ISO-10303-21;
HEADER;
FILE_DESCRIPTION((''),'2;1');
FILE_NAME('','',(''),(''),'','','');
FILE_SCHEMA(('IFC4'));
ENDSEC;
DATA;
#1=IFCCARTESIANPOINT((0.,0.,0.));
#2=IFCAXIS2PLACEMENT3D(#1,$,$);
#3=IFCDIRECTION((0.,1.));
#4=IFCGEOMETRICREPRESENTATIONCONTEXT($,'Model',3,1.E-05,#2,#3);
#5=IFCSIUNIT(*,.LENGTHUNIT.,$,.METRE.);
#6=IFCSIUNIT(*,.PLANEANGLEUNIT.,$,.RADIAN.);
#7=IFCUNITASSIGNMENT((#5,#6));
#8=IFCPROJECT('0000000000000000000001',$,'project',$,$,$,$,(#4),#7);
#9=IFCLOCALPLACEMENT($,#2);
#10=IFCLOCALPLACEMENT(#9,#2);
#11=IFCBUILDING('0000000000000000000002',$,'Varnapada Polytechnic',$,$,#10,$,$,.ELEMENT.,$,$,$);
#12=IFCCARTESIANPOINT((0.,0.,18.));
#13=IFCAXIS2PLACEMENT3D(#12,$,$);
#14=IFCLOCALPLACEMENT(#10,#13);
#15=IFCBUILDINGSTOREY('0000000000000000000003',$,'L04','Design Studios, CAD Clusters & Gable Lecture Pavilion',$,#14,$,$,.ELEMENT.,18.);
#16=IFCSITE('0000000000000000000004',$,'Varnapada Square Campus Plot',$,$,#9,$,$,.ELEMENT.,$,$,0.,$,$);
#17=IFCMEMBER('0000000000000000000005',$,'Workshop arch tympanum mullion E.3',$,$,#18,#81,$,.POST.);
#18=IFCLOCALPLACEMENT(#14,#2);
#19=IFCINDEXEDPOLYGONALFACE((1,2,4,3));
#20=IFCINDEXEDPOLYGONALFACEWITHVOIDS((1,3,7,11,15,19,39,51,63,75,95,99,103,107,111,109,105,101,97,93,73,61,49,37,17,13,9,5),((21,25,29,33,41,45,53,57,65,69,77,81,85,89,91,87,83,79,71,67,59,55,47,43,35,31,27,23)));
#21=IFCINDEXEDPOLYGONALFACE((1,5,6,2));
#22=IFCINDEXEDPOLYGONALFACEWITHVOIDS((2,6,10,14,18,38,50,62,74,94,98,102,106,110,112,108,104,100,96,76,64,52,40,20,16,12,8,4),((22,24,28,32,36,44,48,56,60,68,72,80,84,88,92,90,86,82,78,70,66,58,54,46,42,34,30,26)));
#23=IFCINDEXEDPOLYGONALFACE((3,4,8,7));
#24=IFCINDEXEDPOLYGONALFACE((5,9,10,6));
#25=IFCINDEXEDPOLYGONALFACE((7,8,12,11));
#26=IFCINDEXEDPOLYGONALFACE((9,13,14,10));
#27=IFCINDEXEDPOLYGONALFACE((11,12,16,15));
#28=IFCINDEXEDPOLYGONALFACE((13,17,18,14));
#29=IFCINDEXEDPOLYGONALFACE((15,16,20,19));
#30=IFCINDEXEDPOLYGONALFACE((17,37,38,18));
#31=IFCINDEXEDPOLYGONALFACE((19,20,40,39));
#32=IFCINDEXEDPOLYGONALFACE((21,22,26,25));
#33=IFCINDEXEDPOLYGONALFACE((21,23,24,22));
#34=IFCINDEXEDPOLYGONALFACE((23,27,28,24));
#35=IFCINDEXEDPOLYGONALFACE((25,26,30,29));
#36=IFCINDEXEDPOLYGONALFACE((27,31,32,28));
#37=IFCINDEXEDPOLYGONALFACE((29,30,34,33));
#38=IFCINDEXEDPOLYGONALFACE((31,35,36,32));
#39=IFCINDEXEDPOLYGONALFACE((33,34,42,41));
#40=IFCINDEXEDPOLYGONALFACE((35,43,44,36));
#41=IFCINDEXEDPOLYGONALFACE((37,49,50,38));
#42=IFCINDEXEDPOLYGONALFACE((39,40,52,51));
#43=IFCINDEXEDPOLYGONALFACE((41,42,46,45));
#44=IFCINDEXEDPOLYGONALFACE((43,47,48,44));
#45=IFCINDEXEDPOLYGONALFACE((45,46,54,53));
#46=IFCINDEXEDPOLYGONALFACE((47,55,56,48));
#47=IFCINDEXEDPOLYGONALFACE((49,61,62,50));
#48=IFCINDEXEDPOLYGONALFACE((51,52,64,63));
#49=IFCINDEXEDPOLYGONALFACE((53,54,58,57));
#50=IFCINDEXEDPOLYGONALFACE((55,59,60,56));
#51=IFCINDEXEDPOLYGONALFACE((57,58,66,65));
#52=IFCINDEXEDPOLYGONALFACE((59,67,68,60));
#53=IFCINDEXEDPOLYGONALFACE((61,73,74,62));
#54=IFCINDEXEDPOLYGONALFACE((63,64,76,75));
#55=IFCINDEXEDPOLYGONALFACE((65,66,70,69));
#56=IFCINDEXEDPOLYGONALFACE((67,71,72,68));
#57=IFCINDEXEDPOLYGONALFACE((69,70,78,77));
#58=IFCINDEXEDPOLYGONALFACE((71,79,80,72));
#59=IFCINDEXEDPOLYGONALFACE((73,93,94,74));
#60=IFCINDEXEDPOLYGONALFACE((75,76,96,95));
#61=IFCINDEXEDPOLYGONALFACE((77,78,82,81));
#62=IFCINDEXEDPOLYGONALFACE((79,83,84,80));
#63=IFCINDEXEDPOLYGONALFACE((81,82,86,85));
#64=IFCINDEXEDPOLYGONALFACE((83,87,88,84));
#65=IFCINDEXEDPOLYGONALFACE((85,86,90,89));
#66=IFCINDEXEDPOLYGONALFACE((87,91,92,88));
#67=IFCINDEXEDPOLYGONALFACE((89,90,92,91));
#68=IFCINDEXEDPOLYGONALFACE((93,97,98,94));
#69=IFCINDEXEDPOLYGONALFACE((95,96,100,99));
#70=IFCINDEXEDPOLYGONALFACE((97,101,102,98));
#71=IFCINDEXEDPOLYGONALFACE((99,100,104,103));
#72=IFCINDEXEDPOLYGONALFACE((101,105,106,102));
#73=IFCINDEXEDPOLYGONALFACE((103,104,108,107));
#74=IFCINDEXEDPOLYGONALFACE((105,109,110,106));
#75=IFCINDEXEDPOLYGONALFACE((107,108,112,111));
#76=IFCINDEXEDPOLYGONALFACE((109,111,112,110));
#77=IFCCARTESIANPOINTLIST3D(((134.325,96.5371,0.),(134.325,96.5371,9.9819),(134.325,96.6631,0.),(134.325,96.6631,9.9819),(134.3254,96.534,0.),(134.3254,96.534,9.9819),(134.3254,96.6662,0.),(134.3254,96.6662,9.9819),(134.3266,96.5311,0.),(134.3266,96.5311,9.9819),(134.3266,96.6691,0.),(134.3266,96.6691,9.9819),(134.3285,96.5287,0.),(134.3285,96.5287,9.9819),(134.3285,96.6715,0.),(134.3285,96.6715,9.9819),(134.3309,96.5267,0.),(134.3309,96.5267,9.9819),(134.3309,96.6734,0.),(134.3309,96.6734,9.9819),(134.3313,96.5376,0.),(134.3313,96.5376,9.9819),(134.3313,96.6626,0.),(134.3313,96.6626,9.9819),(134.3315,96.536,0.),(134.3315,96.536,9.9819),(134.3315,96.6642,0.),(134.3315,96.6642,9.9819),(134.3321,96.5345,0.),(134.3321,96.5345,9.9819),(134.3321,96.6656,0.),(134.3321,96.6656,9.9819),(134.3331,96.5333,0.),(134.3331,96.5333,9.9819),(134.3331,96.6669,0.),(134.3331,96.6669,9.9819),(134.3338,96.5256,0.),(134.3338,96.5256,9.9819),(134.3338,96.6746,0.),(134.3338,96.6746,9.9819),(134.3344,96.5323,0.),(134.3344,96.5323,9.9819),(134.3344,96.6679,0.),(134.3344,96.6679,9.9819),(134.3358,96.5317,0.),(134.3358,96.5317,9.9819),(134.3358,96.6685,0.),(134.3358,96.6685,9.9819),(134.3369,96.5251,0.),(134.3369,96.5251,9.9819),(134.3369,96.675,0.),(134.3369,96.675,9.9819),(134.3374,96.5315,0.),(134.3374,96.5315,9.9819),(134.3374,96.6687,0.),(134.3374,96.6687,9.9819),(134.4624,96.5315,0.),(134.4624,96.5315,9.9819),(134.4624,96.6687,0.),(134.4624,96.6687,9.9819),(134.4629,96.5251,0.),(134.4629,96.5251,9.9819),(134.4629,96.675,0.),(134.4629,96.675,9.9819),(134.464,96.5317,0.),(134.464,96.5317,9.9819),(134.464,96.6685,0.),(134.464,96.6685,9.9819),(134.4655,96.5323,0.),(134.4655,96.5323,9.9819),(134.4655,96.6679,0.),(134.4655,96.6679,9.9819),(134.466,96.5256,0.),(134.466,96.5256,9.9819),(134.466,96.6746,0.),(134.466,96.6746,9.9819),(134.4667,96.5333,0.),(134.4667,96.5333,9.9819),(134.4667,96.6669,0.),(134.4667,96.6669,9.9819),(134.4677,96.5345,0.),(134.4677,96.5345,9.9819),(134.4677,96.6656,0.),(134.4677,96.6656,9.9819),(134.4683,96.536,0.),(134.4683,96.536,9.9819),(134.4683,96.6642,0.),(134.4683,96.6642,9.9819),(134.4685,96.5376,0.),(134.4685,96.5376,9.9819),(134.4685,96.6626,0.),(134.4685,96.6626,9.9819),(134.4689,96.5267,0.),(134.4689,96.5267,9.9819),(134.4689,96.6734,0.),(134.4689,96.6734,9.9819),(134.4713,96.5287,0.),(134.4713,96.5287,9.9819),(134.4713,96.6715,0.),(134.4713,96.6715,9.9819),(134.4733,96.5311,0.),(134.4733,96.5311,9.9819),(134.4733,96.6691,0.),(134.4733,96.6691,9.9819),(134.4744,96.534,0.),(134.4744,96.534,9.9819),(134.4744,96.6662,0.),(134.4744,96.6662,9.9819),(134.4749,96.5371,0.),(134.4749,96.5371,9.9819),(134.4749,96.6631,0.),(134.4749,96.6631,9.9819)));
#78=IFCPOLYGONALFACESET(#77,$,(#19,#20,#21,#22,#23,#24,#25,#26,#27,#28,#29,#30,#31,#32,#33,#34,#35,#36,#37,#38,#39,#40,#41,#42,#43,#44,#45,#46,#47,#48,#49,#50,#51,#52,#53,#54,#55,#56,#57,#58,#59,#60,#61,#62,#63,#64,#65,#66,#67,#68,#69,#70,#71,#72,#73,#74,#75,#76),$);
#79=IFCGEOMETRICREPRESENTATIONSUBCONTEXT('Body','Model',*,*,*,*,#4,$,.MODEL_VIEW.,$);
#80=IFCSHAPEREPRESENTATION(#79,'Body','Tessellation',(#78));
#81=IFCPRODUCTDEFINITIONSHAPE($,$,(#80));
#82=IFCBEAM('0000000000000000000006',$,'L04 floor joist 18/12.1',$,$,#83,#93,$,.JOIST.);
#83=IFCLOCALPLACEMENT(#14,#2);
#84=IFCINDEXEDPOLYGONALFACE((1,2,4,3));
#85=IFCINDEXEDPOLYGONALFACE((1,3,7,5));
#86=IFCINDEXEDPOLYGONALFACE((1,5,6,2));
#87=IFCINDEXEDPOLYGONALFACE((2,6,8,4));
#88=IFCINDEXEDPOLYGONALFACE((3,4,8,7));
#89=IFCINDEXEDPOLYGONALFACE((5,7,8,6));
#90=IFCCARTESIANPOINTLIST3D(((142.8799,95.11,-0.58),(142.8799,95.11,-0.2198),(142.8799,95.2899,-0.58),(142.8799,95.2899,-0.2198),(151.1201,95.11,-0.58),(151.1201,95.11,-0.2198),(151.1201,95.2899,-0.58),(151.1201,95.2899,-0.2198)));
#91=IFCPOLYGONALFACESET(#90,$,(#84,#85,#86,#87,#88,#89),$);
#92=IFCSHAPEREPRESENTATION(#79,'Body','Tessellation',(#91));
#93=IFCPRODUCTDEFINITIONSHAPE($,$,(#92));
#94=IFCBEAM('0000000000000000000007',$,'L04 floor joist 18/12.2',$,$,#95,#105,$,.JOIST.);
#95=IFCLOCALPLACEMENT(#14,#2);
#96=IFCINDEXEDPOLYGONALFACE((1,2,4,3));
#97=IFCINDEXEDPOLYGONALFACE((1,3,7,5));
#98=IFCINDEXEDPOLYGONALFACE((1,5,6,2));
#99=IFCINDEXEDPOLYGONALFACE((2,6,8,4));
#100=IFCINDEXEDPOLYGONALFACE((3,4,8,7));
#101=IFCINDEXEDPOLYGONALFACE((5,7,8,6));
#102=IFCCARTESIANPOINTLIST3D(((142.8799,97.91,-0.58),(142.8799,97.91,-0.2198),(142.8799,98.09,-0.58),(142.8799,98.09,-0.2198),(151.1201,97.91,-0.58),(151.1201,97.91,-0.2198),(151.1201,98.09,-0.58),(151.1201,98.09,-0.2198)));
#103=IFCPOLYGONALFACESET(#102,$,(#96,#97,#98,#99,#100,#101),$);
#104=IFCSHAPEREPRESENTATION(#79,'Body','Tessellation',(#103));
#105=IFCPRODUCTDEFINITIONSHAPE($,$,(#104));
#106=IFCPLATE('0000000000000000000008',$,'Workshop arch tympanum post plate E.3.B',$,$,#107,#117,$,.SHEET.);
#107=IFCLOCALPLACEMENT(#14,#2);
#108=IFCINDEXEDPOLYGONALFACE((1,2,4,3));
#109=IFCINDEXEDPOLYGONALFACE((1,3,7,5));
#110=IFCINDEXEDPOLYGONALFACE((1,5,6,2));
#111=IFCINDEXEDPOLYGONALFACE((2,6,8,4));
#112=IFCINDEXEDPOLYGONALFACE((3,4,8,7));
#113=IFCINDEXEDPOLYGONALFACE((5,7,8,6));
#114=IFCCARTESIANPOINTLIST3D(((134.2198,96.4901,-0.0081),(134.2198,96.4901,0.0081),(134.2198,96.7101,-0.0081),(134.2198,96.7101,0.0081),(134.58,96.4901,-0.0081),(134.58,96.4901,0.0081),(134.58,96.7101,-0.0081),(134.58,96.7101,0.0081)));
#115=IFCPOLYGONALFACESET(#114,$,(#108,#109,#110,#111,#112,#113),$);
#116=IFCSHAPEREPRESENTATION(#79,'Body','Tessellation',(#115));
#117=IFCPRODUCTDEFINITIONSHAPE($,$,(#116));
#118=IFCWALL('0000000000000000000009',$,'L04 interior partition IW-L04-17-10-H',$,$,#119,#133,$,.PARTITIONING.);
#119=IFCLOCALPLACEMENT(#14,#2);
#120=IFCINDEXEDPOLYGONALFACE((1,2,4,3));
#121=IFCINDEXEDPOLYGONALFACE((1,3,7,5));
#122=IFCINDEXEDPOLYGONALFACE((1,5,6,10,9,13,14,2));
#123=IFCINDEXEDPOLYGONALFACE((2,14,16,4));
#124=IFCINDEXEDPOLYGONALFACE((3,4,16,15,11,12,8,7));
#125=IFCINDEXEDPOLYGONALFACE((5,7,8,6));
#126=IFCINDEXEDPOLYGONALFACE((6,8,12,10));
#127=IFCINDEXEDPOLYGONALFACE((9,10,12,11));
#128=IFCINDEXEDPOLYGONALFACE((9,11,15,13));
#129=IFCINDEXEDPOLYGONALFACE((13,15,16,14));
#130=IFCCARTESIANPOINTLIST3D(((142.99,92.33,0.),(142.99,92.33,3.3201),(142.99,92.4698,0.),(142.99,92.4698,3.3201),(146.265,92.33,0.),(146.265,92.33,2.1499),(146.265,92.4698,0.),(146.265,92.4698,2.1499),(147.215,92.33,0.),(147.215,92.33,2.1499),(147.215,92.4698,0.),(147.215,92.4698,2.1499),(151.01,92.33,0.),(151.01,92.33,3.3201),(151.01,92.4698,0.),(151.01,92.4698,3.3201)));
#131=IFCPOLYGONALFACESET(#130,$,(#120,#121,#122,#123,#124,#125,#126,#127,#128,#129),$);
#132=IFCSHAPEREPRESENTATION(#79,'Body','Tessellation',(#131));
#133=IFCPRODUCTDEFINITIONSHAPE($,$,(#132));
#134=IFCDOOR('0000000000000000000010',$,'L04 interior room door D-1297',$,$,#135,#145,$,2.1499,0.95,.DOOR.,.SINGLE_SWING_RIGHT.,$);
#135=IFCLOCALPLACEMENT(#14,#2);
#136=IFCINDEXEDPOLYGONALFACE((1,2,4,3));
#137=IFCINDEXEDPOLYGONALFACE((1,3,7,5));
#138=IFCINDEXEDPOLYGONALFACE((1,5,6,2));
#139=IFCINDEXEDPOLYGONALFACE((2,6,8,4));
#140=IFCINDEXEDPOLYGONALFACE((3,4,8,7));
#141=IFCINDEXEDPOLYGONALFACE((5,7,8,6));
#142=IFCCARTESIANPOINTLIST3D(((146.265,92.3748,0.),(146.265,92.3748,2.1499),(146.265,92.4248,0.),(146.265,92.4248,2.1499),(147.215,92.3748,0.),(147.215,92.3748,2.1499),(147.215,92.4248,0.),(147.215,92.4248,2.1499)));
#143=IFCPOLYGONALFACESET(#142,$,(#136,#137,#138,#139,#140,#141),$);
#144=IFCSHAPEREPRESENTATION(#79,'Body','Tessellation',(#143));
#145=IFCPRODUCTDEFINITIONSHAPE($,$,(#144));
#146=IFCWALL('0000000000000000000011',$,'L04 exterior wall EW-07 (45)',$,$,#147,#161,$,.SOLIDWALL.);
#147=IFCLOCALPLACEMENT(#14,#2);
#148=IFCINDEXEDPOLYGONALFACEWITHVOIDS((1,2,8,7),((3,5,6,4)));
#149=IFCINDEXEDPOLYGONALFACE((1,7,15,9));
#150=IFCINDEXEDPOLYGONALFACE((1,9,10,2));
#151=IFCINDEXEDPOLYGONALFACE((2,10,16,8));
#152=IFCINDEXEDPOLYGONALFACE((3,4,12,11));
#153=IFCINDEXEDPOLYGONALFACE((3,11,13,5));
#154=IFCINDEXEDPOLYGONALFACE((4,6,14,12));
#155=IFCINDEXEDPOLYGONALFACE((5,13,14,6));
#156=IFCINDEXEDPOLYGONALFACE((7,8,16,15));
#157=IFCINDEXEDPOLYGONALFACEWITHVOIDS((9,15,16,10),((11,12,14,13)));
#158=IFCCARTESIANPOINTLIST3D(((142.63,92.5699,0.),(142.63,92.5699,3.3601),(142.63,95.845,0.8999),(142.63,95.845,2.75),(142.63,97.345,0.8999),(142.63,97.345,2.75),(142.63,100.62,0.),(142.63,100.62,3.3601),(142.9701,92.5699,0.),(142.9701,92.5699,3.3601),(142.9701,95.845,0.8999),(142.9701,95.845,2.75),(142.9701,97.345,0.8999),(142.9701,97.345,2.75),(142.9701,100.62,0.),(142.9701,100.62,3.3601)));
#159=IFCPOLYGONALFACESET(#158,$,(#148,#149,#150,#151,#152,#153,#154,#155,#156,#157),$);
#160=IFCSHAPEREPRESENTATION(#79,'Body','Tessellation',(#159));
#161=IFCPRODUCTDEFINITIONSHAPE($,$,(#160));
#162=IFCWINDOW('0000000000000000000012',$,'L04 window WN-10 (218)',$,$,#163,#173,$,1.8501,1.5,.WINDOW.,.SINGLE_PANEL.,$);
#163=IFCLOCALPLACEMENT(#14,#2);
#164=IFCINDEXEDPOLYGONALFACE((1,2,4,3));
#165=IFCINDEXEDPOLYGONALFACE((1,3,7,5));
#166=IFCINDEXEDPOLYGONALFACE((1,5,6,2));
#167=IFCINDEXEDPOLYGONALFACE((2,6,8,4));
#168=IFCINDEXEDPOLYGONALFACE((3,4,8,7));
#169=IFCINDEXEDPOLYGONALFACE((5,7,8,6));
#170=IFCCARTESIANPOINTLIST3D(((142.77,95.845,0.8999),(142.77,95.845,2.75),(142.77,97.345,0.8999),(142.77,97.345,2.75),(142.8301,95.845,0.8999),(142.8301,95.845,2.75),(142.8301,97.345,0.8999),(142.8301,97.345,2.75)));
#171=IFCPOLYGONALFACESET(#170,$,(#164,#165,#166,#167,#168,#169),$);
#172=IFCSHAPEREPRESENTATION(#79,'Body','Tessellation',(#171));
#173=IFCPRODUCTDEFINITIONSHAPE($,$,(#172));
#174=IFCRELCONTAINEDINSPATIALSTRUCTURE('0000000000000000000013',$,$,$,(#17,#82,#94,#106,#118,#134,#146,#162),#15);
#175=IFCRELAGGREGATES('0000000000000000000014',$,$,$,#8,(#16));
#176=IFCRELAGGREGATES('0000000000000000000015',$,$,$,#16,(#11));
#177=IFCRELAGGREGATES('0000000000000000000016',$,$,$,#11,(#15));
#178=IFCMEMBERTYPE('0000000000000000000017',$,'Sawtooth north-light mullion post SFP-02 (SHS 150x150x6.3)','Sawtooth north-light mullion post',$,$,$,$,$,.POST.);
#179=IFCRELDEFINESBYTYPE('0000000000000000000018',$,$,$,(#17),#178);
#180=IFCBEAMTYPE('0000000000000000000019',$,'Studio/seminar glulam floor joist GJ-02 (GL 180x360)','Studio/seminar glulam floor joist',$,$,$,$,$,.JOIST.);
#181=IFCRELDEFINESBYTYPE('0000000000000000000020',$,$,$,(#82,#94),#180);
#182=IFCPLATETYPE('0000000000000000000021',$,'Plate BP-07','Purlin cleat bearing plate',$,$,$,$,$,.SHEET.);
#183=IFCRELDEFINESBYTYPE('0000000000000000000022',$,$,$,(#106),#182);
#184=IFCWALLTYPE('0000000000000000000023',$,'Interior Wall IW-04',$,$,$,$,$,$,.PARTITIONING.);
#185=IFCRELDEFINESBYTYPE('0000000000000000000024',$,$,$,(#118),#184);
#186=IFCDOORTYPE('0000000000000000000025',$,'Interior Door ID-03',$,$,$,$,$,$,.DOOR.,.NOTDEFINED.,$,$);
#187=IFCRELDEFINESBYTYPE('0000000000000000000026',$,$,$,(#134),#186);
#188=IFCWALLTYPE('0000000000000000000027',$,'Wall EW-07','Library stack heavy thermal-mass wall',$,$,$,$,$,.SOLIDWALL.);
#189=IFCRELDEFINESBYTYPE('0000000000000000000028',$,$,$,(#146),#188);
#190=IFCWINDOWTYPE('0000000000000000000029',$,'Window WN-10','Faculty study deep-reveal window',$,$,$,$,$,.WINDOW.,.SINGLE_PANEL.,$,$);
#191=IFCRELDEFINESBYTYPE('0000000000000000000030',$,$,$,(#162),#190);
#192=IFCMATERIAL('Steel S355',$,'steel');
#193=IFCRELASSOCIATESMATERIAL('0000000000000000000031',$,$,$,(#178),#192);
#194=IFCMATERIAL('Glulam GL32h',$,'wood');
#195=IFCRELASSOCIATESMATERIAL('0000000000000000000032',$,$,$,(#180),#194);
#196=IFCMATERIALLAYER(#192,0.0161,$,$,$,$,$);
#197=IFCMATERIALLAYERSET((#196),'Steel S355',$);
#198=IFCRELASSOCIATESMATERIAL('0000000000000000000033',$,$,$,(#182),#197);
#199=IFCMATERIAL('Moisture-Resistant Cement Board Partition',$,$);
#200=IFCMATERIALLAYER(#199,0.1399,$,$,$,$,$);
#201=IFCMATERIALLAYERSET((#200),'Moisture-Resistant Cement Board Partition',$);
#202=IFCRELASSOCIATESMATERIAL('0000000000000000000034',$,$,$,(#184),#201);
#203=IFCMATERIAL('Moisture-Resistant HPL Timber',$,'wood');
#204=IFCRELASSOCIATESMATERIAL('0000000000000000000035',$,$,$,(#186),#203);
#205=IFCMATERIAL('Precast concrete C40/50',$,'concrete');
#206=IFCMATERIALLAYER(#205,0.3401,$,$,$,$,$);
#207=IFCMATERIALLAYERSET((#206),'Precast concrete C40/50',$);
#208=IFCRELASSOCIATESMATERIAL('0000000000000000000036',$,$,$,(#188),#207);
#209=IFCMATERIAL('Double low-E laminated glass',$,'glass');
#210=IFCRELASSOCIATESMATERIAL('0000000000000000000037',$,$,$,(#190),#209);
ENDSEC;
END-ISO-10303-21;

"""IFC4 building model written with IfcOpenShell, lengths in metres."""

from ifc_helpers import new_model, si_unit, direction, frame, frame_2d, origin, origin_2d, place, context, subcontext, project, spatial, rectangle, hollow_rectangle, extrude, material, layer, layer_set, material_profile, profile_set, type_object, element, fill, save


model = new_model("IFC4")

# Units and contexts
model_context = context("Model", 3, precision=1e-05, world=origin(), true_north=direction((0.0, 1.0)))
body_context = subcontext(model_context, "Body", "Model", "MODEL_VIEW")
ifc_project = project(units=[si_unit("LENGTHUNIT", "METRE"), si_unit("PLANEANGLEUNIT", "RADIAN")], contexts=[model_context])

# Site, building, storey
site_placement = place(None, origin())
site = spatial("IfcSite", under=ifc_project, at=site_placement, Name="Varnapada Square Campus Plot", CompositionType="ELEMENT", RefElevation=0.0)
building_placement = place(site_placement, origin())
building = spatial("IfcBuilding", under=site, at=building_placement, Name="Varnapada Polytechnic", CompositionType="ELEMENT")
storey_placement = place(building_placement, frame((0.0, 0.0, 18.0)))
storey = spatial("IfcBuildingStorey", under=building, at=storey_placement, Name="L04", Description="Design Studios, CAD Clusters & Gable Lecture Pavilion", CompositionType="ELEMENT", Elevation=18.0)

# Member
ifc_material_1 = material(Name="Steel S355", Category="steel")
ifc_material_profile_1 = material_profile(ifc_material_1, hollow_rectangle(XDim=0.1499, YDim=0.1499, WallThickness=0.0063, InnerFilletRadius=0.0061, OuterFilletRadius=0.012, at=origin_2d()), Name="SHS 150x150x6.3")
ifc_profile_set_1 = profile_set([ifc_material_profile_1], Name="Steel S355")
member_type = type_object("IfcMemberType", Name="Sawtooth north-light mullion post SFP-02 (SHS 150x150x6.3)", Description="Sawtooth north-light mullion post", PredefinedType="POST", material=ifc_profile_set_1)
member_placement = place(storey_placement, frame((134.3999, 96.6001, 0.0), z_axis=(0.0, 0.0, 1.0), x_axis=(1.0, 0.0, 0.0)))
element("IfcMember", 1, at=member_placement, inside=storey, type_object=member_type, Name="Workshop arch tympanum mullion E.3", PredefinedType="POST", context=body_context, shape_type="SweptSolid", body=[
    extrude(hollow_rectangle(XDim=0.1499, YDim=0.1499, WallThickness=0.0063, InnerFilletRadius=0.0061, OuterFilletRadius=0.012, at=origin_2d()), origin(), (0.0, 0.0, 1.0), 9.9819),
])

# Beams
ifc_material_2 = material(Name="Glulam GL32h", Category="wood")
ifc_material_profile_2 = material_profile(ifc_material_2, rectangle(XDim=0.1799, YDim=0.3601, at=origin_2d()), Name="GL 180x360")
ifc_profile_set_2 = profile_set([ifc_material_profile_2], Name="Glulam GL32h")
beam_type = type_object("IfcBeamType", Name="Studio/seminar glulam floor joist GJ-02 (GL 180x360)", Description="Studio/seminar glulam floor joist", PredefinedType="JOIST", material=ifc_profile_set_2)
for number, where, z_axis, x_axis, name in (
    (2, (142.8799, 95.2, -0.3999), (1.0, 0.0, 0.0), (0.0, 1.0, 0.0), "L04 floor joist 18/12.1"),
    (3, (142.8799, 98.0, -0.3999), (1.0, 0.0, 0.0), (0.0, 1.0, 0.0), "L04 floor joist 18/12.2"),
):
    element("IfcBeam", number, at=place(storey_placement, frame(where, z_axis=z_axis, x_axis=x_axis)), inside=storey, type_object=beam_type, Name=name, PredefinedType="JOIST", context=body_context, shape_type="SweptSolid", body=[
        extrude(rectangle(XDim=0.1799, YDim=0.3601, at=origin_2d()), origin(), (0.0, 0.0, 1.0), 8.2402),
    ])

# Plate
ifc_layer_1 = layer(ifc_material_1, 0.0161)
ifc_layer_set_1 = layer_set([ifc_layer_1], Name="Steel S355")
plate_type = type_object("IfcPlateType", Name="Plate BP-07", Description="Purlin cleat bearing plate", PredefinedType="SHEET", material=ifc_layer_set_1)
plate_placement = place(storey_placement, frame((134.3999, 96.6001, -0.0081), z_axis=(0.0, 0.0, 1.0), x_axis=(1.0, 0.0, 0.0)))
element("IfcPlate", 4, at=plate_placement, inside=storey, type_object=plate_type, Name="Workshop arch tympanum post plate E.3.B", PredefinedType="SHEET", context=body_context, shape_type="SweptSolid", body=[
    extrude(rectangle(XDim=0.3601, YDim=0.22, at=origin_2d()), origin(), (0.0, 0.0, 1.0), 0.0161),
])

# Wall, opening, door
ifc_material_3 = material(Name="Moisture-Resistant Cement Board Partition")
ifc_layer_2 = layer(ifc_material_3, 0.1399)
ifc_layer_set_2 = layer_set([ifc_layer_2], Name="Moisture-Resistant Cement Board Partition")
wall_type_1 = type_object("IfcWallType", Name="Interior Wall IW-04", PredefinedType="PARTITIONING", material=ifc_layer_set_2)
wall_1_placement = place(storey_placement, frame((142.99, 92.3999, 0.0), z_axis=(0.0, 0.0, 1.0), x_axis=(1.0, 0.0, 0.0)))
wall_1 = element("IfcWall", 5, at=wall_1_placement, inside=storey, type_object=wall_type_1, Name="L04 interior partition IW-L04-17-10-H", PredefinedType="PARTITIONING", context=body_context, shape_type="SweptSolid", body=[
    extrude(rectangle(XDim=8.02, YDim=0.1399, at=frame_2d((4.01, 0.0))), origin(), (0.0, 0.0, 1.0), 3.3201),
])
opening_1_placement = place(wall_1_placement, frame((3.2749, 0.0, 0.0)))
opening_1 = element("IfcOpeningElement", 6, at=opening_1_placement, cuts=wall_1, PredefinedType="OPENING", context=body_context, shape_type="SweptSolid", body=[
    extrude(rectangle(XDim=0.95, YDim=2.1499, at=frame_2d((0.4751, 1.075))), frame((0.0, 0.0798, 0.0), z_axis=(0.0, -1.0, 0.0), x_axis=(1.0, 0.0, 0.0)), (0.0, 0.0, 1.0), 0.1599),
])
ifc_material_4 = material(Name="Moisture-Resistant HPL Timber", Category="wood")
door_type = type_object("IfcDoorType", Name="Interior Door ID-03", OperationType="NOTDEFINED", PredefinedType="DOOR", material=ifc_material_4)
door_placement = place(opening_1_placement, origin())
door = element("IfcDoor", 7, at=door_placement, inside=storey, type_object=door_type, Name="L04 interior room door D-1297", OperationType="SINGLE_SWING_RIGHT", OverallHeight=2.1499, OverallWidth=0.95, PredefinedType="DOOR", context=body_context, shape_type="SweptSolid", body=[
    extrude(rectangle(XDim=0.95, YDim=2.1499, at=frame_2d((0.4751, 1.075))), frame((0.0, 0.0249, 0.0), z_axis=(0.0, -1.0, 0.0), x_axis=(1.0, 0.0, 0.0)), (0.0, 0.0, 1.0), 0.05),
])
fill(opening_1, door)

# Wall, opening, window
ifc_material_5 = material(Name="Precast concrete C40/50", Category="concrete")
ifc_layer_3 = layer(ifc_material_5, 0.3401)
ifc_layer_set_3 = layer_set([ifc_layer_3], Name="Precast concrete C40/50")
wall_type_2 = type_object("IfcWallType", Name="Wall EW-07", Description="Library stack heavy thermal-mass wall", PredefinedType="SOLIDWALL", material=ifc_layer_set_3)
wall_2_placement = place(storey_placement, frame((142.8, 92.5701, 0.0), z_axis=(0.0, 0.0, 1.0), x_axis=(0.0, 1.0, 0.0)))
wall_2 = element("IfcWall", 8, at=wall_2_placement, inside=storey, type_object=wall_type_2, Name="L04 exterior wall EW-07 (45)", PredefinedType="SOLIDWALL", context=body_context, shape_type="SweptSolid", body=[
    extrude(rectangle(XDim=8.05, YDim=0.3401, at=frame_2d((4.0249, 0.0))), origin(), (0.0, 0.0, 1.0), 3.3601),
])
opening_2_placement = place(wall_2_placement, frame((3.2749, 0.0, 0.8999)))
opening_2 = element("IfcOpeningElement", 9, at=opening_2_placement, cuts=wall_2, PredefinedType="OPENING", context=body_context, shape_type="SweptSolid", body=[
    extrude(rectangle(XDim=1.5, YDim=1.8501, at=frame_2d((0.75, 0.925))), frame((0.0, 0.1799, 0.0), z_axis=(0.0, -1.0, 0.0), x_axis=(1.0, 0.0, 0.0)), (0.0, 0.0, 1.0), 0.3601),
])
ifc_material_6 = material(Name="Double low-E laminated glass", Category="glass")
window_type = type_object("IfcWindowType", Name="Window WN-10", Description="Faculty study deep-reveal window", PartitioningType="SINGLE_PANEL", PredefinedType="WINDOW", material=ifc_material_6)
window_placement = place(opening_2_placement, origin())
window = element("IfcWindow", 10, at=window_placement, inside=storey, type_object=window_type, Name="L04 window WN-10 (218)", OverallHeight=1.8501, OverallWidth=1.5, PartitioningType="SINGLE_PANEL", PredefinedType="WINDOW", context=body_context, shape_type="SweptSolid", body=[
    extrude(rectangle(XDim=1.5, YDim=1.8501, at=frame_2d((0.75, 0.925))), frame((0.0, 0.03, 0.0), z_axis=(0.0, -1.0, 0.0), x_axis=(1.0, 0.0, 0.0)), (0.0, 0.0, 1.0), 0.0601),
])
fill(opening_2, window)

save(model, "model.ifc")
